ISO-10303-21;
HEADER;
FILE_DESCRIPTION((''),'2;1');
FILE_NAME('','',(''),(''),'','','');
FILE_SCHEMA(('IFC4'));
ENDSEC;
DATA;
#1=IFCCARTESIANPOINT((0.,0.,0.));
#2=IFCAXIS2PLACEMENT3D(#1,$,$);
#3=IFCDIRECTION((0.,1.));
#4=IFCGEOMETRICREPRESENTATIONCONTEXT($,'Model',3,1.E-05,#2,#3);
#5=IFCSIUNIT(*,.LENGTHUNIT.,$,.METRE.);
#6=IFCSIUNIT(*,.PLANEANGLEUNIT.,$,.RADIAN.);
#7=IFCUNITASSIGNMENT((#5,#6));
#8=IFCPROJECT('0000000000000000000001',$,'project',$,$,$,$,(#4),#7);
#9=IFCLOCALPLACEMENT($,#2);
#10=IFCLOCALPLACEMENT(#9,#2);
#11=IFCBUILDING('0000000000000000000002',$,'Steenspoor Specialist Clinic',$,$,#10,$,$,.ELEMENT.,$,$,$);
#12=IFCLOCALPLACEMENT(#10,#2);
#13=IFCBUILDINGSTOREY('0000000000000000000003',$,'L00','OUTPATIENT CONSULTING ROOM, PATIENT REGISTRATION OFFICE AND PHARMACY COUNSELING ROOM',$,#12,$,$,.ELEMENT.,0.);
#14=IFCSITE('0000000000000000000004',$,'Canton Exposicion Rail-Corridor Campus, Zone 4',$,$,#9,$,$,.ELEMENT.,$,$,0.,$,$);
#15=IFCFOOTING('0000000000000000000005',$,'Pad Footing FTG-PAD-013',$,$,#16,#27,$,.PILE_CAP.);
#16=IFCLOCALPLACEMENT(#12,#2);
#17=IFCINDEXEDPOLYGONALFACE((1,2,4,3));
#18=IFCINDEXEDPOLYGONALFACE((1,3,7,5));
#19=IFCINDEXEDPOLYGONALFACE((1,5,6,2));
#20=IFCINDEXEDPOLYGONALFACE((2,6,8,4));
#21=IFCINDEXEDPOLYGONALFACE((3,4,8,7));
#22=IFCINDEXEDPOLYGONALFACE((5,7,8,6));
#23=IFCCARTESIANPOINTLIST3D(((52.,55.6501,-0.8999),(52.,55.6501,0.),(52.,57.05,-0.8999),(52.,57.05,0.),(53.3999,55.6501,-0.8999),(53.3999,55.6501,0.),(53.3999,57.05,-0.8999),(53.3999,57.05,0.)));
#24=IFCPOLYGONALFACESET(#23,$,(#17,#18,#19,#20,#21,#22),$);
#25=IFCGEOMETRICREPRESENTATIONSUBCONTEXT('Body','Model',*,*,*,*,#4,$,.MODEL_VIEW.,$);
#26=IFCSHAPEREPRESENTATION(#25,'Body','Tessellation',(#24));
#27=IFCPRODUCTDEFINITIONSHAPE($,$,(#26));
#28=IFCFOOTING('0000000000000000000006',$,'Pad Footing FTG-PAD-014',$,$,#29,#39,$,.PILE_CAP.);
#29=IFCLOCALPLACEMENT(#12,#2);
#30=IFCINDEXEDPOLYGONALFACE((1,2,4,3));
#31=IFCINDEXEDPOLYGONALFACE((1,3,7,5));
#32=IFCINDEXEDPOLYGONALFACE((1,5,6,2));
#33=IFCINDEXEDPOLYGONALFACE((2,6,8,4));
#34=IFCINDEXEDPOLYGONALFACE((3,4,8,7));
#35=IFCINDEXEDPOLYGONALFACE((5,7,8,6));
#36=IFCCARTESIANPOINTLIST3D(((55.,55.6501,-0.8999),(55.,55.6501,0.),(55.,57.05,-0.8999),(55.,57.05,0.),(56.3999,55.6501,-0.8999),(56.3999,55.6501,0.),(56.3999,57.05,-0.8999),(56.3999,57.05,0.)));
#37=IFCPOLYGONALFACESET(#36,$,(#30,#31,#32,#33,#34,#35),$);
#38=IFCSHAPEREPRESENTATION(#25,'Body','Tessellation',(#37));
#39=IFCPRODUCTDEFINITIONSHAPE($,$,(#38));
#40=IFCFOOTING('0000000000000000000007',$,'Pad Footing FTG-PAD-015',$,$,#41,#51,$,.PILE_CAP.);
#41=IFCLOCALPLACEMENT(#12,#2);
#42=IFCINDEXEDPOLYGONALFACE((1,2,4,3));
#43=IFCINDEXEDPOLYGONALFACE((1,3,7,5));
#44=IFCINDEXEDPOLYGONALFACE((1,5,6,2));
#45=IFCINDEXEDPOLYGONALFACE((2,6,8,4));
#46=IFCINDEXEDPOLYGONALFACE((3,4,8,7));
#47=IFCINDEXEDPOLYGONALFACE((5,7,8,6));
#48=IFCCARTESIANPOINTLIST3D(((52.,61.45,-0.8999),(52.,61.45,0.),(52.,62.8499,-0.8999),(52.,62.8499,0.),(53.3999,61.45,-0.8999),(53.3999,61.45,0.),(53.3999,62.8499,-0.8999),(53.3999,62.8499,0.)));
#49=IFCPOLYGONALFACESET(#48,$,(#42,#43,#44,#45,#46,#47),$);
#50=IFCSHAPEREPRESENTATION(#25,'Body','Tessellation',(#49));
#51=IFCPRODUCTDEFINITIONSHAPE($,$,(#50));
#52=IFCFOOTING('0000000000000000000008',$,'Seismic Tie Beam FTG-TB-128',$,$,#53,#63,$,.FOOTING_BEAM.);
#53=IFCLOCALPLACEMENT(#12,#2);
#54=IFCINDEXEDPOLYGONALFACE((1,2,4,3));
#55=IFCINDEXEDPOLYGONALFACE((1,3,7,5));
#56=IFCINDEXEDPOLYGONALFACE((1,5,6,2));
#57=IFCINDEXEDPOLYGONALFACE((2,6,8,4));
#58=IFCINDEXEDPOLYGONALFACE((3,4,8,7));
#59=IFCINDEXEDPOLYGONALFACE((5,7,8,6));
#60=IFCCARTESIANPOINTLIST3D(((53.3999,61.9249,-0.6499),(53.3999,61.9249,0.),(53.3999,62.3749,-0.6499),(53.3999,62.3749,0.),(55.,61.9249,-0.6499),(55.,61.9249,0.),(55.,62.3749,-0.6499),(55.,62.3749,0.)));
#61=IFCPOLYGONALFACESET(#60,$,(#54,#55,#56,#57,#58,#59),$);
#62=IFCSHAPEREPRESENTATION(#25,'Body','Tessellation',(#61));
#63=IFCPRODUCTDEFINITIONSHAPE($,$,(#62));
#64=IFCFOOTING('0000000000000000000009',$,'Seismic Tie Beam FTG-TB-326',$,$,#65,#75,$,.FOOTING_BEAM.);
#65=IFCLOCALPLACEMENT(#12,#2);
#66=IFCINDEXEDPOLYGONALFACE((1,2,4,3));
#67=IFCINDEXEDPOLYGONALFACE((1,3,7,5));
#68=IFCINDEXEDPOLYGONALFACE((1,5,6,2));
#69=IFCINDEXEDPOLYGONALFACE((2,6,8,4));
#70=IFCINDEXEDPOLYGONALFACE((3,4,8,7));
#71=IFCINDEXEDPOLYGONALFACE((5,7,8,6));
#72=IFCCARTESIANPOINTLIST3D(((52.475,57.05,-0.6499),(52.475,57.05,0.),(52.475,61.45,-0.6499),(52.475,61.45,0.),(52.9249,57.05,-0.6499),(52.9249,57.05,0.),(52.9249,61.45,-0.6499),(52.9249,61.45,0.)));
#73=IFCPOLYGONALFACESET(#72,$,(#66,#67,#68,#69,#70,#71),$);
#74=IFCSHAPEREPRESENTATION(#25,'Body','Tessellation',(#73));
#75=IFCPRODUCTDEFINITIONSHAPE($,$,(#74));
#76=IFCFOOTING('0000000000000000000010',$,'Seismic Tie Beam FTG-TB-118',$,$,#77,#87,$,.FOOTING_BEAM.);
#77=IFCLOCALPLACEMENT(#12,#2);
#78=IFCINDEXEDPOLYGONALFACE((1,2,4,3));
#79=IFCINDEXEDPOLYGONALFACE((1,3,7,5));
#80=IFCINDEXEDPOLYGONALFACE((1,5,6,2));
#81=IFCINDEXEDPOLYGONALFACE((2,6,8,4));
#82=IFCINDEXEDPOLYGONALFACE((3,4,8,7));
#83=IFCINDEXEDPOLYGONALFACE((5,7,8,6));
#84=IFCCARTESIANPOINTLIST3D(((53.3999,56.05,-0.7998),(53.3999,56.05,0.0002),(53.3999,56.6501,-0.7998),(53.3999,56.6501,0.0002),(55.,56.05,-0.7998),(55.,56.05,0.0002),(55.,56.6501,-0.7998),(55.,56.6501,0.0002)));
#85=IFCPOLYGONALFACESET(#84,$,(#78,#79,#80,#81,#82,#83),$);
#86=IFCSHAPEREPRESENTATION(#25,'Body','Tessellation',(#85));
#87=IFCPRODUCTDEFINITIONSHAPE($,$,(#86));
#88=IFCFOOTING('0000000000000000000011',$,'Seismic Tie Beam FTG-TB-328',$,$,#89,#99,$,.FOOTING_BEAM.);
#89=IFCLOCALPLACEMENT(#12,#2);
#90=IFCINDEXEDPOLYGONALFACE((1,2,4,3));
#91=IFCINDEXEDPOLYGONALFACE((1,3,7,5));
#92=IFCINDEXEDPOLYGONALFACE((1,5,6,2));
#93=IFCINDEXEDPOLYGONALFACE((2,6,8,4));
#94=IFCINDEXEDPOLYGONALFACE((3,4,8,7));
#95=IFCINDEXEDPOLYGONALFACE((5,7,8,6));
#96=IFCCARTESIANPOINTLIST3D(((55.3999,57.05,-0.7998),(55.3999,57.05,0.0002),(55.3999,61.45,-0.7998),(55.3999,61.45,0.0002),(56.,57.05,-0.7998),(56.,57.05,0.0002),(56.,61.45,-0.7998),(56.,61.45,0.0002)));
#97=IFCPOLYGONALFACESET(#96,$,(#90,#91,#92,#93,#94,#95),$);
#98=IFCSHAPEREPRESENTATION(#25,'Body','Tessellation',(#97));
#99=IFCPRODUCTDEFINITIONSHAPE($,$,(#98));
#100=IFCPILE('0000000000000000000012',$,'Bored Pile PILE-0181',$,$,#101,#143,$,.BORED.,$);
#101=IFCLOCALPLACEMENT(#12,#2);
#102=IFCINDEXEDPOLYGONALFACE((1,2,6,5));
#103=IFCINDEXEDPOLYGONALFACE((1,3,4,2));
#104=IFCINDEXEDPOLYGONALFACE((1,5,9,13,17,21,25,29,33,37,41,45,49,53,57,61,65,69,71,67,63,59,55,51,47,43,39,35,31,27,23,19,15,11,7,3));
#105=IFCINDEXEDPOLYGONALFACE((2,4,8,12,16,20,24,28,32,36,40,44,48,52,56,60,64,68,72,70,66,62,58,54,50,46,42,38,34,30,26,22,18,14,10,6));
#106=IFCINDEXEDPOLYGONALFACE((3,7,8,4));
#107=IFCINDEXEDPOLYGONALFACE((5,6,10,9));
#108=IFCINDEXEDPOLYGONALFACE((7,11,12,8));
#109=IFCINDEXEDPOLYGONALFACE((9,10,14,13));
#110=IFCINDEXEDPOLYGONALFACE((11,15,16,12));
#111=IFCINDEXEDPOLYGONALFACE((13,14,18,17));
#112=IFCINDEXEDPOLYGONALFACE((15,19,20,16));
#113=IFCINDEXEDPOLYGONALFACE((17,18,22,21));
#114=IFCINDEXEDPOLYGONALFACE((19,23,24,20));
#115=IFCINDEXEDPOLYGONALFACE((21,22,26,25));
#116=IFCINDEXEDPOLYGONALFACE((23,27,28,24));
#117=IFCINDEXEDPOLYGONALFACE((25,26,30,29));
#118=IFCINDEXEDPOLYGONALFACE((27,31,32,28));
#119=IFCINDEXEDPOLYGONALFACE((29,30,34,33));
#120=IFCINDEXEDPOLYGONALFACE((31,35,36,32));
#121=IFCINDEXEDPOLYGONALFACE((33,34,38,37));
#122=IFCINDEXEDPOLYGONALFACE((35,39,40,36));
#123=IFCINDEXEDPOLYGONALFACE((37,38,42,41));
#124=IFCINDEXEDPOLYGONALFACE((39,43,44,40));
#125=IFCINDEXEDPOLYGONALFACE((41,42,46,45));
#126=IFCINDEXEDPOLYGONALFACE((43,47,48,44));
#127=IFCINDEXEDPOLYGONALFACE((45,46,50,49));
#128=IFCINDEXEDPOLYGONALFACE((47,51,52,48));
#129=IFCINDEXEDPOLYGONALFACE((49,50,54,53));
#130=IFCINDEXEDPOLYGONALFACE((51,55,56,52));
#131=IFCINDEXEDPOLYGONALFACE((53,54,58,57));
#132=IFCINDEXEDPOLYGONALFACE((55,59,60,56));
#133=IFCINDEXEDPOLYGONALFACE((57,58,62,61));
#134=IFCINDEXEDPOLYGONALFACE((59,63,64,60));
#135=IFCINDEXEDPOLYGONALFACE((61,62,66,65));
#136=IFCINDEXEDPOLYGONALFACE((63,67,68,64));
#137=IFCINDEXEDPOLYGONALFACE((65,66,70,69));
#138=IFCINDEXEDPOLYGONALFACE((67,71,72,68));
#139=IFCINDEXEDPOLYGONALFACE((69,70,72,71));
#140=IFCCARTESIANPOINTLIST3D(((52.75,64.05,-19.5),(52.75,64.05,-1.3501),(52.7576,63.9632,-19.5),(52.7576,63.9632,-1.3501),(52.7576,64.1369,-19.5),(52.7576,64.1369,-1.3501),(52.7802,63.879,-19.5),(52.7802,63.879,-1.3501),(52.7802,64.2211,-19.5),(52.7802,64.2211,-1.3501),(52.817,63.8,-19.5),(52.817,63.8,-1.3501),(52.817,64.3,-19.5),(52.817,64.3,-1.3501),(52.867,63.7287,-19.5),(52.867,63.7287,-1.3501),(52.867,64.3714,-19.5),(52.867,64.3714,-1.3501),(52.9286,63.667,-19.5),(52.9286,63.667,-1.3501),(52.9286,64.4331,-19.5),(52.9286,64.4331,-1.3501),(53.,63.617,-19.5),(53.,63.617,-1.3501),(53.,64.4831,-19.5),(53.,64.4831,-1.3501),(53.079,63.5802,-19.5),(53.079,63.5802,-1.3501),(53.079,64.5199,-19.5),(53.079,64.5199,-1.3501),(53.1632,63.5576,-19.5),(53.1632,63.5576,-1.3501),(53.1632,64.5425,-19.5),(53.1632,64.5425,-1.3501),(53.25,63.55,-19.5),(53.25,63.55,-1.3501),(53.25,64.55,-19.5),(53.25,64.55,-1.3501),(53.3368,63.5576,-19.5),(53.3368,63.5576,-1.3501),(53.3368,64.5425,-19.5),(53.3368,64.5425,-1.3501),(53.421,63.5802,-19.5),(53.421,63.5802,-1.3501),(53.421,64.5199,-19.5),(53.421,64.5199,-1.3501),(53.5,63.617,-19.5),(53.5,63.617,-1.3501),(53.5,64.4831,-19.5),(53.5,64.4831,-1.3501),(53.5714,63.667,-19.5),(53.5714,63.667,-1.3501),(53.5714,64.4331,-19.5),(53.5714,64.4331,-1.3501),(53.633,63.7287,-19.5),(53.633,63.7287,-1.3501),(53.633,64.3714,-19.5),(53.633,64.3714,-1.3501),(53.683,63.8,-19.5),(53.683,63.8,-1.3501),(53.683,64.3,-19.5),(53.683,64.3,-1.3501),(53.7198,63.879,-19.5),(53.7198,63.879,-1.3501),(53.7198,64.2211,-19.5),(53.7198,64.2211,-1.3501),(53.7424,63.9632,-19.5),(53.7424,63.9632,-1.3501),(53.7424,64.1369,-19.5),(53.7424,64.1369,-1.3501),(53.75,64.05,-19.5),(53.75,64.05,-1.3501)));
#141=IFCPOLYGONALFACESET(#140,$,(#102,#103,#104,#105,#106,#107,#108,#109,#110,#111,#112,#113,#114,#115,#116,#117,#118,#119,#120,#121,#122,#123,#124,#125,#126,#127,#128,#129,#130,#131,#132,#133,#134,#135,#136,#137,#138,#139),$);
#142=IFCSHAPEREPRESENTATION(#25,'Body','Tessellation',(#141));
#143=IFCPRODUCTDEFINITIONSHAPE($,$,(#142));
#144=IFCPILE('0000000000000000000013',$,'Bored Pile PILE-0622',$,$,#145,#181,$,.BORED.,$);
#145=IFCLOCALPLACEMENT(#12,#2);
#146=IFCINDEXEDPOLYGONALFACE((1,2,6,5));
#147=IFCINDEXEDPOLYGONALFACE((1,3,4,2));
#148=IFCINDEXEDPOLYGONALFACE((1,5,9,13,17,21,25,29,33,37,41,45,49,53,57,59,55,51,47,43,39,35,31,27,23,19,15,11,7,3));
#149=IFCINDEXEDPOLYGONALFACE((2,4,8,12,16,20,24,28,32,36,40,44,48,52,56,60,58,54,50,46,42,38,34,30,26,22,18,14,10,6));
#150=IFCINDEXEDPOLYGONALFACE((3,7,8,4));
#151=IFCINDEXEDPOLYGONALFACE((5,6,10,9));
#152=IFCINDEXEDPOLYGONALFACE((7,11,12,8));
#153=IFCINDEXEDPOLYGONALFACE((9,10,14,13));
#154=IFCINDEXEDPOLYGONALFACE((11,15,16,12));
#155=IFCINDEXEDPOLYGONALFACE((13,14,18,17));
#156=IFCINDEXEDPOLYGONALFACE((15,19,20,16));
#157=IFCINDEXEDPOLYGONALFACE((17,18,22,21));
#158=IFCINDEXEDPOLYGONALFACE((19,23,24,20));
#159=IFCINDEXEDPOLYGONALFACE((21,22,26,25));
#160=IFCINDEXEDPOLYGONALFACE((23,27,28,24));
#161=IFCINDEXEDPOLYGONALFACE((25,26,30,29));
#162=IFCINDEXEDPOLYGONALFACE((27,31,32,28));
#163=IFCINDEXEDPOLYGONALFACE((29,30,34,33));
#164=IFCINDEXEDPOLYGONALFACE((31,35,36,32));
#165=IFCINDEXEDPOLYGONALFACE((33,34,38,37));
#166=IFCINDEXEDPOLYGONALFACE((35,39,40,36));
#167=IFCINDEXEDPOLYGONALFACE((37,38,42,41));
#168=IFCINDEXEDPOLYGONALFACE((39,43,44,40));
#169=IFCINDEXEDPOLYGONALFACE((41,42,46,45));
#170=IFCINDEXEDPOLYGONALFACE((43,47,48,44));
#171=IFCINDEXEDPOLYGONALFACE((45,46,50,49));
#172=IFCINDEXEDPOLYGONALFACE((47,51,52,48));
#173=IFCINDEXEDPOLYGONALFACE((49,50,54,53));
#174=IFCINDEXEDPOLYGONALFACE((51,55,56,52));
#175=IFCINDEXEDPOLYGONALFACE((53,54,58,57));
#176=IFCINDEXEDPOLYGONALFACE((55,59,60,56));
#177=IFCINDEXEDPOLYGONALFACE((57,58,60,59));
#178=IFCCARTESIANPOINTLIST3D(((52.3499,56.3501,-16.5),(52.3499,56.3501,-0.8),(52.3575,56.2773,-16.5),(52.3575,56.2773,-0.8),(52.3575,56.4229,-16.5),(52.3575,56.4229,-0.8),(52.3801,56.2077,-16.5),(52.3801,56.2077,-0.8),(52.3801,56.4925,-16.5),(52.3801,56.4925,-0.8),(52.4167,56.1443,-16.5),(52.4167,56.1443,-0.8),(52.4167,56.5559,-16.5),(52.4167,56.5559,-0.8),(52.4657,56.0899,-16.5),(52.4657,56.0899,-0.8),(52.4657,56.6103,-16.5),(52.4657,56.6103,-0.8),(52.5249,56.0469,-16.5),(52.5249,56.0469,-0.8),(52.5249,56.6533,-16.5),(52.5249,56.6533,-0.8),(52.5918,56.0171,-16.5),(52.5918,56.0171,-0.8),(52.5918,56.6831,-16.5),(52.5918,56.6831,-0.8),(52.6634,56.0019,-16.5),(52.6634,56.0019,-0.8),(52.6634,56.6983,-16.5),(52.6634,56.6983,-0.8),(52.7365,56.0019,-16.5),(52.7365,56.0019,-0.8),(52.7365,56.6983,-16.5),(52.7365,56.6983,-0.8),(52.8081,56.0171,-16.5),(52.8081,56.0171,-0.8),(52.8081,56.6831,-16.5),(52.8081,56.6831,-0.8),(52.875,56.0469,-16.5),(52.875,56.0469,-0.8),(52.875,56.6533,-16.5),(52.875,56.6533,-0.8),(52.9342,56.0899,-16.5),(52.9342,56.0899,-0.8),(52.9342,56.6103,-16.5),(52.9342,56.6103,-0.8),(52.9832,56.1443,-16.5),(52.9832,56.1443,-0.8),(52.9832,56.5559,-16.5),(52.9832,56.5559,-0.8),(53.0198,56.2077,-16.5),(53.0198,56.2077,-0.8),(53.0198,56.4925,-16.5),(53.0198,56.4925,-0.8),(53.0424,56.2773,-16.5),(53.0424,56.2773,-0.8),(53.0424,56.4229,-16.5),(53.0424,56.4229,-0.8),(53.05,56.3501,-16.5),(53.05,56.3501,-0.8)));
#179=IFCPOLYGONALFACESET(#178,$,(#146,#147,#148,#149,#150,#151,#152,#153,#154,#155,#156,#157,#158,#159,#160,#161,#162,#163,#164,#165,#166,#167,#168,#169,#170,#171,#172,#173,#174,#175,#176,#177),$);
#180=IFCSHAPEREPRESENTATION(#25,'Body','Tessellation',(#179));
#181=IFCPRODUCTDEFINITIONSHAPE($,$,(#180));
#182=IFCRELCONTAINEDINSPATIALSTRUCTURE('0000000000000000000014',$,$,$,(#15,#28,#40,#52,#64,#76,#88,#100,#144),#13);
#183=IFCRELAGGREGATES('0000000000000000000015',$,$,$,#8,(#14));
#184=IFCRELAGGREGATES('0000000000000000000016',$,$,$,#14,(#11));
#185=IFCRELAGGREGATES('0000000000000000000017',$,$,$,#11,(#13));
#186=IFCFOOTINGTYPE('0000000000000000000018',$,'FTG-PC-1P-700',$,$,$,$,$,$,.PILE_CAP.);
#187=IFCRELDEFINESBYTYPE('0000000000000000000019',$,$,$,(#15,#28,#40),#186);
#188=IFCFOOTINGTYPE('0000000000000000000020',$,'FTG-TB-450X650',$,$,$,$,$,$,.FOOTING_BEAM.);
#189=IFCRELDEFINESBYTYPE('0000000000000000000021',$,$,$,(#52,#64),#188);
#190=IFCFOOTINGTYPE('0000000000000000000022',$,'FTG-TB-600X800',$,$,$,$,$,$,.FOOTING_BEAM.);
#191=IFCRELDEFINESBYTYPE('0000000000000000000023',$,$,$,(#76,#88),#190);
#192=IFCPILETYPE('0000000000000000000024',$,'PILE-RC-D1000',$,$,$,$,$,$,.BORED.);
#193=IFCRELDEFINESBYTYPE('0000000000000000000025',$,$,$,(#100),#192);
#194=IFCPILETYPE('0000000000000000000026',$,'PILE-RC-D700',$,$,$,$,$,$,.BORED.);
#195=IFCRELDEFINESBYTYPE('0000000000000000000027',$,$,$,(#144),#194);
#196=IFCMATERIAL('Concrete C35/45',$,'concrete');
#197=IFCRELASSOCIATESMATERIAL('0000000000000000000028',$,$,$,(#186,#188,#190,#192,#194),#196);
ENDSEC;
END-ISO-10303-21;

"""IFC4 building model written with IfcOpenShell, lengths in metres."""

from ifc_helpers import new_model, si_unit, direction, frame, origin, origin_2d, place, context, subcontext, project, spatial, rectangle, circle, extrude, material, material_profile, profile_set, type_object, element, save


model = new_model("IFC4")

# Units and contexts
model_context = context("Model", 3, precision=1e-05, world=origin(), true_north=direction((0.0, 1.0)))
body_context = subcontext(model_context, "Body", "Model", "MODEL_VIEW")
ifc_project = project(units=[si_unit("LENGTHUNIT", "METRE"), si_unit("PLANEANGLEUNIT", "RADIAN")], contexts=[model_context])

# Site, building, storey
site_placement = place(None, origin())
site = spatial("IfcSite", under=ifc_project, at=site_placement, Name="Canton Exposicion Rail-Corridor Campus, Zone 4", CompositionType="ELEMENT", RefElevation=0.0)
building_placement = place(site_placement, origin())
building = spatial("IfcBuilding", under=site, at=building_placement, Name="Steenspoor Specialist Clinic", CompositionType="ELEMENT")
storey_placement = place(building_placement, origin())
storey = spatial("IfcBuildingStorey", under=building, at=storey_placement, Name="L00", Description="OUTPATIENT CONSULTING ROOM, PATIENT REGISTRATION OFFICE AND PHARMACY COUNSELING ROOM", CompositionType="ELEMENT", Elevation=0.0)

# Footings
ifc_material_1 = material(Name="Concrete C35/45", Category="concrete")
footing_type_1 = type_object("IfcFootingType", Name="FTG-PC-1P-700", PredefinedType="PILE_CAP", material=ifc_material_1)
for number, where, z_axis, x_axis, name in (
    (1, (52.7, 56.3501, -0.8999), (0.0, 0.0, 1.0), (1.0, 0.0, 0.0), "Pad Footing FTG-PAD-013"),
    (2, (55.7, 56.3501, -0.8999), (0.0, 0.0, 1.0), (1.0, 0.0, 0.0), "Pad Footing FTG-PAD-014"),
    (3, (52.7, 62.1499, -0.8999), (0.0, 0.0, 1.0), (1.0, 0.0, 0.0), "Pad Footing FTG-PAD-015"),
):
    element("IfcFooting", number, at=place(storey_placement, frame(where, z_axis=z_axis, x_axis=x_axis)), inside=storey, type_object=footing_type_1, Name=name, PredefinedType="PILE_CAP", context=body_context, shape_type="SweptSolid", body=[
        extrude(rectangle(XDim=1.3999, YDim=1.3999, at=origin_2d()), origin(), (0.0, 0.0, 1.0), 0.8999),
    ])
footing_type_2 = type_object("IfcFootingType", Name="FTG-TB-450X650", PredefinedType="FOOTING_BEAM", material=ifc_material_1)
footing_1_placement = place(storey_placement, frame((54.2, 62.1499, -0.6499), z_axis=(0.0, 0.0, 1.0), x_axis=(1.0, 0.0, 0.0)))
element("IfcFooting", 4, at=footing_1_placement, inside=storey, type_object=footing_type_2, Name="Seismic Tie Beam FTG-TB-128", PredefinedType="FOOTING_BEAM", context=body_context, shape_type="SweptSolid", body=[
    extrude(rectangle(XDim=1.6001, YDim=0.45, at=origin_2d()), origin(), (0.0, 0.0, 1.0), 0.6499),
])
footing_2_placement = place(storey_placement, frame((52.7, 59.25, -0.6499), z_axis=(0.0, 0.0, 1.0), x_axis=(1.0, 0.0, 0.0)))
element("IfcFooting", 5, at=footing_2_placement, inside=storey, type_object=footing_type_2, Name="Seismic Tie Beam FTG-TB-326", PredefinedType="FOOTING_BEAM", context=body_context, shape_type="SweptSolid", body=[
    extrude(rectangle(XDim=0.45, YDim=4.3999, at=origin_2d()), origin(), (0.0, 0.0, 1.0), 0.6499),
])
footing_type_3 = type_object("IfcFootingType", Name="FTG-TB-600X800", PredefinedType="FOOTING_BEAM", material=ifc_material_1)
footing_3_placement = place(storey_placement, frame((54.2, 56.3501, -0.7998), z_axis=(0.0, 0.0, 1.0), x_axis=(1.0, 0.0, 0.0)))
element("IfcFooting", 6, at=footing_3_placement, inside=storey, type_object=footing_type_3, Name="Seismic Tie Beam FTG-TB-118", PredefinedType="FOOTING_BEAM", context=body_context, shape_type="SweptSolid", body=[
    extrude(rectangle(XDim=1.6001, YDim=0.6001, at=origin_2d()), origin(), (0.0, 0.0, 1.0), 0.8),
])
footing_4_placement = place(storey_placement, frame((55.7, 59.25, -0.7998), z_axis=(0.0, 0.0, 1.0), x_axis=(1.0, 0.0, 0.0)))
element("IfcFooting", 7, at=footing_4_placement, inside=storey, type_object=footing_type_3, Name="Seismic Tie Beam FTG-TB-328", PredefinedType="FOOTING_BEAM", context=body_context, shape_type="SweptSolid", body=[
    extrude(rectangle(XDim=0.6001, YDim=4.3999, at=origin_2d()), origin(), (0.0, 0.0, 1.0), 0.8),
])

# Piles
ifc_material_profile_1 = material_profile(ifc_material_1, circle(Radius=0.5, at=origin_2d()), Name="PILE-D1000")
ifc_profile_set_1 = profile_set([ifc_material_profile_1], Name="Concrete C35/45")
pile_type_1 = type_object("IfcPileType", Name="PILE-RC-D1000", PredefinedType="BORED", material=ifc_profile_set_1)
pile_placement = place(storey_placement, frame((53.25, 64.05, -1.3501), z_axis=(0.0, 0.0, -1.0), x_axis=(1.0, 0.0, 0.0)))
element("IfcPile", 8, at=pile_placement, inside=storey, type_object=pile_type_1, Name="Bored Pile PILE-0181", PredefinedType="BORED", context=body_context, shape_type="SweptSolid", body=[
    extrude(circle(Radius=0.5, at=origin_2d()), origin(), (0.0, 0.0, 1.0), 18.1499),
])
ifc_material_profile_2 = material_profile(ifc_material_1, circle(Radius=0.3501, at=origin_2d()), Name="PILE-D700")
ifc_profile_set_2 = profile_set([ifc_material_profile_2], Name="Concrete C35/45")
pile_type_2 = type_object("IfcPileType", Name="PILE-RC-D700", PredefinedType="BORED", material=ifc_profile_set_2)
for number, where, z_axis, x_axis, name in (
    (9, (52.7, 56.3501, -0.8), (0.0, 0.0, -1.0), (1.0, 0.0, 0.0), "Bored Pile PILE-0622"),
):
    element("IfcPile", number, at=place(storey_placement, frame(where, z_axis=z_axis, x_axis=x_axis)), inside=storey, type_object=pile_type_2, Name=name, PredefinedType="BORED", context=body_context, shape_type="SweptSolid", body=[
        extrude(circle(Radius=0.3501, at=origin_2d()), origin(), (0.0, 0.0, 1.0), 15.7),
    ])

save(model, "model.ifc")
